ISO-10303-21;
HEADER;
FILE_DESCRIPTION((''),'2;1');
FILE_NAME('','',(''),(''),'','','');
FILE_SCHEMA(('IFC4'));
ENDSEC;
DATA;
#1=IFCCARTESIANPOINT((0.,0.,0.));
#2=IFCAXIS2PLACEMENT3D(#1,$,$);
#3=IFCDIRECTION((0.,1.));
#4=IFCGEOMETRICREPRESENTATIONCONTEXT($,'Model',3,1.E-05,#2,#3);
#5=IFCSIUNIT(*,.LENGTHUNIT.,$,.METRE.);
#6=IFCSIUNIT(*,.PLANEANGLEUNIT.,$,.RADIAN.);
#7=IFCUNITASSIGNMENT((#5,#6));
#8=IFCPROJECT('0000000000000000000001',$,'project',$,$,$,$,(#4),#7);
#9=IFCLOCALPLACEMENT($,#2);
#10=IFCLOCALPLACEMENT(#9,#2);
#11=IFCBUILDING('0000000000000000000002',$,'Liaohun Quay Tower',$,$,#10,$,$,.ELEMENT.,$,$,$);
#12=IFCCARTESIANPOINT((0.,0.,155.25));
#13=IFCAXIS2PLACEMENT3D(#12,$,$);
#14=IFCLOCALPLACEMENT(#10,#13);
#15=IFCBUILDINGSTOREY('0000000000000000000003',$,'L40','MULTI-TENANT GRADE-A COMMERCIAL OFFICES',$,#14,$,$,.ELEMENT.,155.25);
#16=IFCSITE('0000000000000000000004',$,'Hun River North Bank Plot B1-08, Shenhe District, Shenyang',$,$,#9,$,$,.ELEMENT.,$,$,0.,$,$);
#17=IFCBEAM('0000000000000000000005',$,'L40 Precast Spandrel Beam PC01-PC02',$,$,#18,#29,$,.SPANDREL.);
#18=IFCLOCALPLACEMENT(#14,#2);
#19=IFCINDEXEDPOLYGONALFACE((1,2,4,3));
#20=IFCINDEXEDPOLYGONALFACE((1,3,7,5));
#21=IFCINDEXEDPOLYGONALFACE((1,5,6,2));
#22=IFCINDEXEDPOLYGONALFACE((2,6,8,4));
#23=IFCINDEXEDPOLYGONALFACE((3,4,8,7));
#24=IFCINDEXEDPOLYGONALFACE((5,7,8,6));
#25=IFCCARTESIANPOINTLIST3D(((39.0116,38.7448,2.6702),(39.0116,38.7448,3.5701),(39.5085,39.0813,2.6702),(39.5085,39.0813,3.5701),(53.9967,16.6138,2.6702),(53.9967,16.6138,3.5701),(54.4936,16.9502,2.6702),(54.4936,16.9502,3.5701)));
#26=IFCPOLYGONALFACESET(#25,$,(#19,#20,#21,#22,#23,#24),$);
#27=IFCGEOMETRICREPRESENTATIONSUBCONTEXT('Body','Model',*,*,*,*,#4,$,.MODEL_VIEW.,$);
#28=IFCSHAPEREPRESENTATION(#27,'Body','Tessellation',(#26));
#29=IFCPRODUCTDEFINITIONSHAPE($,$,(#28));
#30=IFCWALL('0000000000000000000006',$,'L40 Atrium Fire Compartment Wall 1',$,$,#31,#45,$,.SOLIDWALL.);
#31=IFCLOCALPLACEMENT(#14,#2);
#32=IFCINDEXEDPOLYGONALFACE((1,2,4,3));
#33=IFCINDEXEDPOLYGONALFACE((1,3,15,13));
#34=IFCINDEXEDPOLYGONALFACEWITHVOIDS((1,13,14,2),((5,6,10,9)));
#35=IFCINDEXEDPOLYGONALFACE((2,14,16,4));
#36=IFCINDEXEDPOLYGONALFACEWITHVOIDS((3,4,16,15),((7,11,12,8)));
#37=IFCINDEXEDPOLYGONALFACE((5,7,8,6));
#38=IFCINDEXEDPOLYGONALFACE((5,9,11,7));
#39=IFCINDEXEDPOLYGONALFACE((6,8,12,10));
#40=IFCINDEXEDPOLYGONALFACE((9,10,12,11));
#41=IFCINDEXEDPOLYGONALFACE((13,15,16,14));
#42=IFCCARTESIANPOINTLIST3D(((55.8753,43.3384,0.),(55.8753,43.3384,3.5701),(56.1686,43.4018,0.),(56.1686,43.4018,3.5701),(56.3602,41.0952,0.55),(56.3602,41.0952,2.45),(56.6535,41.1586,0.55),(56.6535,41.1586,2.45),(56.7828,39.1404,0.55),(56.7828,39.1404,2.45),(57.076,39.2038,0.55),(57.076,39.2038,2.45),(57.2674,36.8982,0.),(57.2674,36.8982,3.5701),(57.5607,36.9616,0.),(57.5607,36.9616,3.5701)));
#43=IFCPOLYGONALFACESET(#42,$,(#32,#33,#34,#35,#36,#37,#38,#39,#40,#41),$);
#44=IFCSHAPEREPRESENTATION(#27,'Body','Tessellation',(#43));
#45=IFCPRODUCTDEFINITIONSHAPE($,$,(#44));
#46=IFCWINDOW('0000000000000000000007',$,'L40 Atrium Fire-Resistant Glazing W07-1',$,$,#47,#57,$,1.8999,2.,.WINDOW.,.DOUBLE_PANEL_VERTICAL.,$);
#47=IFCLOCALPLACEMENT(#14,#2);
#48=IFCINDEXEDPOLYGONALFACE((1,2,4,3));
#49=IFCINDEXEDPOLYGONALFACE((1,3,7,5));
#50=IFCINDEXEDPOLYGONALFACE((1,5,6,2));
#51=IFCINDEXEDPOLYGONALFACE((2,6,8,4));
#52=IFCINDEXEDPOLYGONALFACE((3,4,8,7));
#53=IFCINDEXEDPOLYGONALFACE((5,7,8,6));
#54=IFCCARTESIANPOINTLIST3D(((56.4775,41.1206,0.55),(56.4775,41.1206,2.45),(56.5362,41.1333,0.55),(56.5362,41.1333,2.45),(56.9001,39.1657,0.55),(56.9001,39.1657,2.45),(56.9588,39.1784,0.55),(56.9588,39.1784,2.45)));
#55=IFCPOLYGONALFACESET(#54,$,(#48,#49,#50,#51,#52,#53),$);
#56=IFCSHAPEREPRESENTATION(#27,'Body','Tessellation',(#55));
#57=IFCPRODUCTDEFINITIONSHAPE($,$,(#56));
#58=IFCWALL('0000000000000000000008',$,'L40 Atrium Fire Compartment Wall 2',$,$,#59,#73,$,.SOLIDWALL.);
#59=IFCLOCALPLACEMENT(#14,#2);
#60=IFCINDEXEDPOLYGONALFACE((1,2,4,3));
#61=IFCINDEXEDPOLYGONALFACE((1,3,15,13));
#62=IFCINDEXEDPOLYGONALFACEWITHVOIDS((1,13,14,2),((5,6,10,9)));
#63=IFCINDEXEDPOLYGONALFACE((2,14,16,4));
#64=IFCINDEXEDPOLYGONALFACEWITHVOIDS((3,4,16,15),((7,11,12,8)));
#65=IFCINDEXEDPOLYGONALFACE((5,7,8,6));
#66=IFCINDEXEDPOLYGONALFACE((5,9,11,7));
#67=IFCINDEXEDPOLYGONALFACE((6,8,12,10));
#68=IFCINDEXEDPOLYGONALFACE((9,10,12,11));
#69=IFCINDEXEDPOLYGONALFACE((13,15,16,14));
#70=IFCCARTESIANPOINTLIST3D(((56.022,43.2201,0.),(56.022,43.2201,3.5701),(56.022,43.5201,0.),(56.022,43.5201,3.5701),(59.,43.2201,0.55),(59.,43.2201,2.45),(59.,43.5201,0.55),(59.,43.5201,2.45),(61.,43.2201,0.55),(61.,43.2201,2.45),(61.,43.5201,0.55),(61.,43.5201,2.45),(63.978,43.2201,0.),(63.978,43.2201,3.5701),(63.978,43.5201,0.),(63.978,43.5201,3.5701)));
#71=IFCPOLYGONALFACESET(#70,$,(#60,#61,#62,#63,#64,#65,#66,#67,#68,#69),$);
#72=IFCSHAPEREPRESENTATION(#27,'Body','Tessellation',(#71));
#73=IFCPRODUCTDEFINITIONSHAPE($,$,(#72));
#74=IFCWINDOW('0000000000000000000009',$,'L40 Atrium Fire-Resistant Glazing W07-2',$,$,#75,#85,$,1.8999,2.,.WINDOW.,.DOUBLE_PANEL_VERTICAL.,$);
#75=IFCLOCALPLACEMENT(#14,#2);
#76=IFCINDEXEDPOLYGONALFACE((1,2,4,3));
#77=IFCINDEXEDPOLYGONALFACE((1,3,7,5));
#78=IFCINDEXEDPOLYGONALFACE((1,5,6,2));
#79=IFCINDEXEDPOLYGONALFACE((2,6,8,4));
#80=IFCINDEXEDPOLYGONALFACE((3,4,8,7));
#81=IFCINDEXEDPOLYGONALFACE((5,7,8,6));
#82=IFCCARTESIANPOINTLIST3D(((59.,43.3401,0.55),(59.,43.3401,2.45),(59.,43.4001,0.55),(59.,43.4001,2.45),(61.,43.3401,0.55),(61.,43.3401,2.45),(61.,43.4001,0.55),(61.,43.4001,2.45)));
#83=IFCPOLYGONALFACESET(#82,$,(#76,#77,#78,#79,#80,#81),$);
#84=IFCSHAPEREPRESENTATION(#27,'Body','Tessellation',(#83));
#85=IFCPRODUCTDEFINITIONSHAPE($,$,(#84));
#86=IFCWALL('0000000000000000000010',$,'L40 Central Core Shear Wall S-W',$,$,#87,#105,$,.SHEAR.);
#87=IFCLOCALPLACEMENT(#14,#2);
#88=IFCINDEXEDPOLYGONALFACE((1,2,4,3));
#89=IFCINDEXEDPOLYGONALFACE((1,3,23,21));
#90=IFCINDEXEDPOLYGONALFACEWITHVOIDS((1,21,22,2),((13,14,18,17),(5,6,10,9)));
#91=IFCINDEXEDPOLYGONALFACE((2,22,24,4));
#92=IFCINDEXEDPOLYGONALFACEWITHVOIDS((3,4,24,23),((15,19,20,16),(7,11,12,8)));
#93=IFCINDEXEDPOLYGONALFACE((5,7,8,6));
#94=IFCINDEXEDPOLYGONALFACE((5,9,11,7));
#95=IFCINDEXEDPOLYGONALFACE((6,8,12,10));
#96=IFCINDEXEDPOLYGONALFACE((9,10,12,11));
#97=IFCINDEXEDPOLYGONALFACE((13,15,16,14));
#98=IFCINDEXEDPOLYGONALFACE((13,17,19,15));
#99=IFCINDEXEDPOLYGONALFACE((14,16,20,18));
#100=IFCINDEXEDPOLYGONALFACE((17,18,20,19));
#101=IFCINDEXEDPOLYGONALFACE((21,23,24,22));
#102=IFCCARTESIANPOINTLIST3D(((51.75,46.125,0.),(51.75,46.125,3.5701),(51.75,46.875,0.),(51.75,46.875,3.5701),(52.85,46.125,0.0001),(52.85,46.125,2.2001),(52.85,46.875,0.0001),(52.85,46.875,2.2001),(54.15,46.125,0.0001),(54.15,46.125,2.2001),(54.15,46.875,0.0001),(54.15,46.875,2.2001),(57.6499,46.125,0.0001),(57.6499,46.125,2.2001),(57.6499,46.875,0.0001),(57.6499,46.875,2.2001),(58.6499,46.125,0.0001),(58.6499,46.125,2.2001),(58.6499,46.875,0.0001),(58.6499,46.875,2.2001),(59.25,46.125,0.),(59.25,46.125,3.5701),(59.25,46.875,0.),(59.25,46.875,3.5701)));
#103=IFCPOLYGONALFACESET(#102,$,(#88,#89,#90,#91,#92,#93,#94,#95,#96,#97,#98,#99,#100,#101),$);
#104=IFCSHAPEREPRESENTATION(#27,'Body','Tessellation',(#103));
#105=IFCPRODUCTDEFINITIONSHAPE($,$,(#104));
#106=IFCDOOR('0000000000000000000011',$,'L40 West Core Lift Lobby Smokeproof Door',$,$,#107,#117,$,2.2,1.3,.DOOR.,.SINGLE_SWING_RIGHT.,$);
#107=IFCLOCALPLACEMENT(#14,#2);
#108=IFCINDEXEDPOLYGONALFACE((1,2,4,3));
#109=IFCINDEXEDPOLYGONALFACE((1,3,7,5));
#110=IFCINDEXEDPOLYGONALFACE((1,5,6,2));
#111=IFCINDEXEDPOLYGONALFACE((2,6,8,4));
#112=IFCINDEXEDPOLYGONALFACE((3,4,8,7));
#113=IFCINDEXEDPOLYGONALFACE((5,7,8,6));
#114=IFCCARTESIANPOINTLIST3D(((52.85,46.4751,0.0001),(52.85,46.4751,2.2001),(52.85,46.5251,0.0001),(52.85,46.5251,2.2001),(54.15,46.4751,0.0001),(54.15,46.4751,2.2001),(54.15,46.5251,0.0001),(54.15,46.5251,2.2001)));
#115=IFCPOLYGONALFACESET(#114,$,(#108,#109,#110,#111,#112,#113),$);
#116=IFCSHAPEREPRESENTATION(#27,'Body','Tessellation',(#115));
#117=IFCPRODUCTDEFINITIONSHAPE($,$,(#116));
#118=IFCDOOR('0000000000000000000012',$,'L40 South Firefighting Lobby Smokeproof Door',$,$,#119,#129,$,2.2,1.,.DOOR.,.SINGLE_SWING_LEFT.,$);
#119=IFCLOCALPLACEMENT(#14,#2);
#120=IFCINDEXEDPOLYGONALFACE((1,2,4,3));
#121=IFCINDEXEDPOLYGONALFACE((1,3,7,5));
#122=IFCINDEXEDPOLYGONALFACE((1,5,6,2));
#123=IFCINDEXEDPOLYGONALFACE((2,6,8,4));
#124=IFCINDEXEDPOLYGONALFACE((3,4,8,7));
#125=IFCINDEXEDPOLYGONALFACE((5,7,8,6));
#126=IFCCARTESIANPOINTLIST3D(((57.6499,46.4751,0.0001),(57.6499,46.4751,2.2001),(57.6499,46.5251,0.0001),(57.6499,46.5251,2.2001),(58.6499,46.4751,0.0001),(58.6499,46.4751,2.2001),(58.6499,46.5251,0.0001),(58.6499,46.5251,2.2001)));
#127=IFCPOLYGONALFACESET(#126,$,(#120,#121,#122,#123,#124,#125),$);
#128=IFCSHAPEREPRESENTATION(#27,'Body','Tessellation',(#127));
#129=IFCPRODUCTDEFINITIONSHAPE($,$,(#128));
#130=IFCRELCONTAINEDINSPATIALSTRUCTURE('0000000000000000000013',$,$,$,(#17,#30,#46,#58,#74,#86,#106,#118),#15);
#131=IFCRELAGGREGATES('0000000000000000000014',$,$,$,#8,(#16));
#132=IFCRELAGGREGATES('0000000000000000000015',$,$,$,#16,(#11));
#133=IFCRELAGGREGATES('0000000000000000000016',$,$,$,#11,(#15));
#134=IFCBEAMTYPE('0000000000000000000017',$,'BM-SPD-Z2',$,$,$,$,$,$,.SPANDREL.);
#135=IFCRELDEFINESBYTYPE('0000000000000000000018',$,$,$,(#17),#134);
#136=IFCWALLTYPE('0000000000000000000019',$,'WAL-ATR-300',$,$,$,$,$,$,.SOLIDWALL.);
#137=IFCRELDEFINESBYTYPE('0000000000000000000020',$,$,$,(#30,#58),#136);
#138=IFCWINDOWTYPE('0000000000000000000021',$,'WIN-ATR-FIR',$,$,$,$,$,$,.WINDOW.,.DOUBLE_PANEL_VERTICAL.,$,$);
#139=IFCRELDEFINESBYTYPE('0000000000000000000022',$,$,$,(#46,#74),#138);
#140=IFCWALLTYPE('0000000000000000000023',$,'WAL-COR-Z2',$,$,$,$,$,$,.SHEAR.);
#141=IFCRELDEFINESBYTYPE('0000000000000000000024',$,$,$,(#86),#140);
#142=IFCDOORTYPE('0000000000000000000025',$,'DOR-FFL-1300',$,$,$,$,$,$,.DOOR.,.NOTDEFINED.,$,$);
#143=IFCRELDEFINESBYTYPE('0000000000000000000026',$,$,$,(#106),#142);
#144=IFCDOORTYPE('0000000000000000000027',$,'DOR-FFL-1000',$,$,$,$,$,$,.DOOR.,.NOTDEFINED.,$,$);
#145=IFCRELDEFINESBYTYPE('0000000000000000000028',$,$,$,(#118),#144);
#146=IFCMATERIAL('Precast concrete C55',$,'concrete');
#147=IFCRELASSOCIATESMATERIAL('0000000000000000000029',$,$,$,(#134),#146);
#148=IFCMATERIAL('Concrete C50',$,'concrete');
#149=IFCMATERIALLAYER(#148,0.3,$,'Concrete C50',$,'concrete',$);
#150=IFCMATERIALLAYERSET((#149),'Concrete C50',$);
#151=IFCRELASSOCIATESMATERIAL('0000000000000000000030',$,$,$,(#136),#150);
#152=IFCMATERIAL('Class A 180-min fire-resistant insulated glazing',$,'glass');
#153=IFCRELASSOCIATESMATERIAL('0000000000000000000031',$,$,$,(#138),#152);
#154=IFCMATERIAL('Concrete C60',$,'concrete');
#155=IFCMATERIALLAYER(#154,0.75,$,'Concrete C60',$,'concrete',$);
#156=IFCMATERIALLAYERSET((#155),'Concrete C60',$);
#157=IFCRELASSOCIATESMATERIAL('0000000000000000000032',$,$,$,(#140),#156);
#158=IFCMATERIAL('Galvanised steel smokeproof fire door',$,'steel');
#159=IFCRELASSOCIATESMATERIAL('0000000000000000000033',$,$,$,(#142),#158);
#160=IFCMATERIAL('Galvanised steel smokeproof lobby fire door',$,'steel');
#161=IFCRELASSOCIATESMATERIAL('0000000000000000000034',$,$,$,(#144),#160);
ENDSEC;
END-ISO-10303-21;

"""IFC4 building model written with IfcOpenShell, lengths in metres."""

from ifc_helpers import new_model, si_unit, direction, frame, frame_2d, origin, origin_2d, place, context, subcontext, project, spatial, rectangle, extrude, source, transform, mapped, material, layer, layer_set, material_profile, profile_set, type_object, element, fill, save


model = new_model("IFC4")

# Units and contexts
model_context = context("Model", 3, precision=1e-05, world=origin(), true_north=direction((0.0, 1.0)))
body_context = subcontext(model_context, "Body", "Model", "MODEL_VIEW")
ifc_project = project(units=[si_unit("LENGTHUNIT", "METRE"), si_unit("PLANEANGLEUNIT", "RADIAN")], contexts=[model_context])

# Site, building, storey
site_placement = place(None, origin())
site = spatial("IfcSite", under=ifc_project, at=site_placement, Name="Hun River North Bank Plot B1-08, Shenhe District, Shenyang", CompositionType="ELEMENT", RefElevation=0.0)
building_placement = place(site_placement, origin())
building = spatial("IfcBuilding", under=site, at=building_placement, Name="Liaohun Quay Tower", CompositionType="ELEMENT")
storey_placement = place(building_placement, frame((0.0, 0.0, 155.25)))
storey = spatial("IfcBuildingStorey", under=building, at=storey_placement, Name="L40", Description="MULTI-TENANT GRADE-A COMMERCIAL OFFICES", CompositionType="ELEMENT", Elevation=155.25)

# Shared definitions
ifc_material_1 = material(Name="Concrete C60", Category="concrete")

# Beam
ifc_material_2 = material(Name="Precast concrete C55", Category="concrete")
ifc_material_profile_1 = material_profile(ifc_material_2, rectangle(XDim=0.6001, YDim=0.8999, at=origin_2d()), Name="RC600x900")
ifc_profile_set_1 = profile_set([ifc_material_profile_1], Name="Precast concrete C55")
beam_type_1 = type_object("IfcBeamType", Name="BM-SPD-Z2", PredefinedType="SPANDREL", material=ifc_profile_set_1)
shared_shape_1 = source(origin(), body_context, "Body", "SweptSolid", [
    extrude(rectangle(XDim=0.6001, YDim=0.8999, at=origin_2d()), origin(), (0.0, 0.0, 1.0), 26.7271),
])
beam_1_placement = place(storey_placement, frame((54.2451, 16.782, 3.1201), z_axis=(-0.56067, 0.828039, 0.0), x_axis=(-0.828039, -0.56067, 0.0)))
element("IfcBeam", 1, at=beam_1_placement, inside=storey, type_object=beam_type_1, Name="L40 Precast Spandrel Beam PC01-PC02", PredefinedType="SPANDREL", context=body_context, shape_type="MappedRepresentation", body=[
    mapped(shared_shape_1, transform((0.0, 0.0, 0.0), x_axis=(1.0, 0.0, 0.0), y_axis=(0.0, 1.0, 0.0), z_axis=(0.0, 0.0, 1.0), scale=1.0)),
])

# Walls, openings, windows
ifc_material_3 = material(Name="Concrete C50", Category="concrete")
ifc_layer_1 = layer(ifc_material_3, 0.3, Name="Concrete C50", Category="concrete")
ifc_layer_set_1 = layer_set([ifc_layer_1], Name="Concrete C50")
wall_type_1 = type_object("IfcWallType", Name="WAL-ATR-300", PredefinedType="SOLIDWALL", material=ifc_layer_set_1)
wall_1_placement = place(storey_placement, frame((57.4141, 36.9299, 0.0), z_axis=(0.0, 0.0, 1.0), x_axis=(-0.211277, 0.977426, 0.0)))
wall_1 = element("IfcWall", 2, at=wall_1_placement, inside=storey, type_object=wall_type_1, Name="L40 Atrium Fire Compartment Wall 1", PredefinedType="SOLIDWALL", context=body_context, shape_type="SweptSolid", body=[
    extrude(rectangle(XDim=6.5889, YDim=0.3, at=frame_2d((3.2944, 0.0))), origin(), (0.0, 0.0, 1.0), 3.5701),
])
shared_shape_2 = source(origin(), body_context, "Body", "SweptSolid", [
    extrude(rectangle(XDim=2.0, YDim=1.8999, at=frame_2d((1.0, 0.95))), frame((0.0, 0.1599, 0.0), z_axis=(0.0, -1.0, 0.0), x_axis=(1.0, 0.0, 0.0)), (0.0, 0.0, 1.0), 0.3201),
])
opening_1_placement = place(wall_1_placement, frame((2.2939, 0.0, 0.55)))
opening_1 = element("IfcOpeningElement", 3, at=opening_1_placement, cuts=wall_1, PredefinedType="OPENING", context=body_context, shape_type="MappedRepresentation", body=[
    mapped(shared_shape_2, transform((0.0, 0.0, 0.0), x_axis=(1.0, 0.0, 0.0), y_axis=(0.0, 1.0, 0.0), z_axis=(0.0, 0.0, 1.0), scale=1.0)),
])
ifc_material_4 = material(Name="Class A 180-min fire-resistant insulated glazing", Category="glass")
window_type_1 = type_object("IfcWindowType", Name="WIN-ATR-FIR", PartitioningType="DOUBLE_PANEL_VERTICAL", PredefinedType="WINDOW", material=ifc_material_4)
shared_shape_3 = source(origin(), body_context, "Body", "SweptSolid", [
    extrude(rectangle(XDim=2.0, YDim=1.8999, at=frame_2d((1.0, 0.95))), frame((0.0, 0.03, 0.0), z_axis=(0.0, -1.0, 0.0), x_axis=(1.0, 0.0, 0.0)), (0.0, 0.0, 1.0), 0.0601),
])
window_1_placement = place(opening_1_placement, origin())
window_1 = element("IfcWindow", 4, at=window_1_placement, inside=storey, type_object=window_type_1, Name="L40 Atrium Fire-Resistant Glazing W07-1", OverallHeight=1.8999, OverallWidth=2.0, PartitioningType="DOUBLE_PANEL_VERTICAL", PredefinedType="WINDOW", context=body_context, shape_type="MappedRepresentation", body=[
    mapped(shared_shape_3, transform((0.0, 0.0, 0.0), x_axis=(1.0, 0.0, 0.0), y_axis=(0.0, 1.0, 0.0), z_axis=(0.0, 0.0, 1.0), scale=1.0)),
])
fill(opening_1, window_1)
wall_2_placement = place(storey_placement, frame((56.022, 43.3701, 0.0), z_axis=(0.0, 0.0, 1.0), x_axis=(1.0, 0.0, 0.0)))
wall_2 = element("IfcWall", 5, at=wall_2_placement, inside=storey, type_object=wall_type_1, Name="L40 Atrium Fire Compartment Wall 2", PredefinedType="SOLIDWALL", context=body_context, shape_type="SweptSolid", body=[
    extrude(rectangle(XDim=7.9561, YDim=0.3, at=frame_2d((3.978, 0.0))), origin(), (0.0, 0.0, 1.0), 3.5701),
])
opening_2_placement = place(wall_2_placement, frame((2.978, 0.0, 0.55)))
opening_2 = element("IfcOpeningElement", 6, at=opening_2_placement, cuts=wall_2, PredefinedType="OPENING", context=body_context, shape_type="MappedRepresentation", body=[
    mapped(shared_shape_2, transform((0.0, 0.0, 0.0), x_axis=(1.0, 0.0, 0.0), y_axis=(0.0, 1.0, 0.0), z_axis=(0.0, 0.0, 1.0), scale=1.0)),
])
window_2_placement = place(opening_2_placement, origin())
window_2 = element("IfcWindow", 7, at=window_2_placement, inside=storey, type_object=window_type_1, Name="L40 Atrium Fire-Resistant Glazing W07-2", OverallHeight=1.8999, OverallWidth=2.0, PartitioningType="DOUBLE_PANEL_VERTICAL", PredefinedType="WINDOW", context=body_context, shape_type="MappedRepresentation", body=[
    mapped(shared_shape_3, transform((0.0, 0.0, 0.0), x_axis=(1.0, 0.0, 0.0), y_axis=(0.0, 1.0, 0.0), z_axis=(0.0, 0.0, 1.0), scale=1.0)),
])
fill(opening_2, window_2)

# Wall, openings, doors
ifc_layer_2 = layer(ifc_material_1, 0.75, Name="Concrete C60", Category="concrete")
ifc_layer_set_2 = layer_set([ifc_layer_2], Name="Concrete C60")
wall_type_2 = type_object("IfcWallType", Name="WAL-COR-Z2", PredefinedType="SHEAR", material=ifc_layer_set_2)
wall_3_placement = place(storey_placement, frame((59.25, 46.5, 0.0), z_axis=(0.0, 0.0, 1.0), x_axis=(-1.0, 0.0, 0.0)))
wall_3 = element("IfcWall", 8, at=wall_3_placement, inside=storey, type_object=wall_type_2, Name="L40 Central Core Shear Wall S-W", PredefinedType="SHEAR", context=body_context, shape_type="SweptSolid", body=[
    extrude(rectangle(XDim=7.5, YDim=0.75, at=frame_2d((3.75, 0.0))), origin(), (0.0, 0.0, 1.0), 3.5701),
])
shared_shape_4 = source(origin(), body_context, "Body", "SweptSolid", [
    extrude(rectangle(XDim=1.3, YDim=2.2, at=frame_2d((0.6499, 1.1001))), frame((0.0, 0.385, 0.0), z_axis=(0.0, -1.0, 0.0), x_axis=(1.0, 0.0, 0.0)), (0.0, 0.0, 1.0), 0.77),
])
opening_3_placement = place(wall_3_placement, frame((5.1001, 0.0, 0.0)))
opening_3 = element("IfcOpeningElement", 9, at=opening_3_placement, cuts=wall_3, PredefinedType="OPENING", context=body_context, shape_type="MappedRepresentation", body=[
    mapped(shared_shape_4, transform((0.0, 0.0, 0.0), x_axis=(1.0, 0.0, 0.0), y_axis=(0.0, 1.0, 0.0), z_axis=(0.0, 0.0, 1.0), scale=1.0)),
])
shared_shape_5 = source(origin(), body_context, "Body", "SweptSolid", [
    extrude(rectangle(XDim=1.0, YDim=2.2, at=frame_2d((0.5, 1.1001))), frame((0.0, 0.385, 0.0), z_axis=(0.0, -1.0, 0.0), x_axis=(1.0, 0.0, 0.0)), (0.0, 0.0, 1.0), 0.77),
])
opening_4_placement = place(wall_3_placement, frame((0.6001, 0.0, 0.0)))
opening_4 = element("IfcOpeningElement", 10, at=opening_4_placement, cuts=wall_3, PredefinedType="OPENING", context=body_context, shape_type="MappedRepresentation", body=[
    mapped(shared_shape_5, transform((0.0, 0.0, 0.0), x_axis=(1.0, 0.0, 0.0), y_axis=(0.0, 1.0, 0.0), z_axis=(0.0, 0.0, 1.0), scale=1.0)),
])
ifc_material_5 = material(Name="Galvanised steel smokeproof fire door", Category="steel")
door_type_1 = type_object("IfcDoorType", Name="DOR-FFL-1300", OperationType="NOTDEFINED", PredefinedType="DOOR", material=ifc_material_5)
shared_shape_6 = source(origin(), body_context, "Body", "SweptSolid", [
    extrude(rectangle(XDim=1.3, YDim=2.2, at=frame_2d((0.6499, 1.1001))), frame((0.0, 0.0249, 0.0), z_axis=(0.0, -1.0, 0.0), x_axis=(1.0, 0.0, 0.0)), (0.0, 0.0, 1.0), 0.05),
])
door_1_placement = place(opening_3_placement, origin())
door_1 = element("IfcDoor", 11, at=door_1_placement, inside=storey, type_object=door_type_1, Name="L40 West Core Lift Lobby Smokeproof Door", OperationType="SINGLE_SWING_RIGHT", OverallHeight=2.2, OverallWidth=1.3, PredefinedType="DOOR", context=body_context, shape_type="MappedRepresentation", body=[
    mapped(shared_shape_6, transform((0.0, 0.0, 0.0), x_axis=(1.0, 0.0, 0.0), y_axis=(0.0, 1.0, 0.0), z_axis=(0.0, 0.0, 1.0), scale=1.0)),
])
fill(opening_3, door_1)
ifc_material_6 = material(Name="Galvanised steel smokeproof lobby fire door", Category="steel")
door_type_2 = type_object("IfcDoorType", Name="DOR-FFL-1000", OperationType="NOTDEFINED", PredefinedType="DOOR", material=ifc_material_6)
shared_shape_7 = source(origin(), body_context, "Body", "SweptSolid", [
    extrude(rectangle(XDim=1.0, YDim=2.2, at=frame_2d((0.5, 1.1001))), frame((0.0, 0.0249, 0.0), z_axis=(0.0, -1.0, 0.0), x_axis=(1.0, 0.0, 0.0)), (0.0, 0.0, 1.0), 0.05),
])
door_2_placement = place(opening_4_placement, origin())
door_2 = element("IfcDoor", 12, at=door_2_placement, inside=storey, type_object=door_type_2, Name="L40 South Firefighting Lobby Smokeproof Door", OperationType="SINGLE_SWING_LEFT", OverallHeight=2.2, OverallWidth=1.0, PredefinedType="DOOR", context=body_context, shape_type="MappedRepresentation", body=[
    mapped(shared_shape_7, transform((0.0, 0.0, 0.0), x_axis=(1.0, 0.0, 0.0), y_axis=(0.0, 1.0, 0.0), z_axis=(0.0, 0.0, 1.0), scale=1.0)),
])
fill(opening_4, door_2)

save(model, "model.ifc")
